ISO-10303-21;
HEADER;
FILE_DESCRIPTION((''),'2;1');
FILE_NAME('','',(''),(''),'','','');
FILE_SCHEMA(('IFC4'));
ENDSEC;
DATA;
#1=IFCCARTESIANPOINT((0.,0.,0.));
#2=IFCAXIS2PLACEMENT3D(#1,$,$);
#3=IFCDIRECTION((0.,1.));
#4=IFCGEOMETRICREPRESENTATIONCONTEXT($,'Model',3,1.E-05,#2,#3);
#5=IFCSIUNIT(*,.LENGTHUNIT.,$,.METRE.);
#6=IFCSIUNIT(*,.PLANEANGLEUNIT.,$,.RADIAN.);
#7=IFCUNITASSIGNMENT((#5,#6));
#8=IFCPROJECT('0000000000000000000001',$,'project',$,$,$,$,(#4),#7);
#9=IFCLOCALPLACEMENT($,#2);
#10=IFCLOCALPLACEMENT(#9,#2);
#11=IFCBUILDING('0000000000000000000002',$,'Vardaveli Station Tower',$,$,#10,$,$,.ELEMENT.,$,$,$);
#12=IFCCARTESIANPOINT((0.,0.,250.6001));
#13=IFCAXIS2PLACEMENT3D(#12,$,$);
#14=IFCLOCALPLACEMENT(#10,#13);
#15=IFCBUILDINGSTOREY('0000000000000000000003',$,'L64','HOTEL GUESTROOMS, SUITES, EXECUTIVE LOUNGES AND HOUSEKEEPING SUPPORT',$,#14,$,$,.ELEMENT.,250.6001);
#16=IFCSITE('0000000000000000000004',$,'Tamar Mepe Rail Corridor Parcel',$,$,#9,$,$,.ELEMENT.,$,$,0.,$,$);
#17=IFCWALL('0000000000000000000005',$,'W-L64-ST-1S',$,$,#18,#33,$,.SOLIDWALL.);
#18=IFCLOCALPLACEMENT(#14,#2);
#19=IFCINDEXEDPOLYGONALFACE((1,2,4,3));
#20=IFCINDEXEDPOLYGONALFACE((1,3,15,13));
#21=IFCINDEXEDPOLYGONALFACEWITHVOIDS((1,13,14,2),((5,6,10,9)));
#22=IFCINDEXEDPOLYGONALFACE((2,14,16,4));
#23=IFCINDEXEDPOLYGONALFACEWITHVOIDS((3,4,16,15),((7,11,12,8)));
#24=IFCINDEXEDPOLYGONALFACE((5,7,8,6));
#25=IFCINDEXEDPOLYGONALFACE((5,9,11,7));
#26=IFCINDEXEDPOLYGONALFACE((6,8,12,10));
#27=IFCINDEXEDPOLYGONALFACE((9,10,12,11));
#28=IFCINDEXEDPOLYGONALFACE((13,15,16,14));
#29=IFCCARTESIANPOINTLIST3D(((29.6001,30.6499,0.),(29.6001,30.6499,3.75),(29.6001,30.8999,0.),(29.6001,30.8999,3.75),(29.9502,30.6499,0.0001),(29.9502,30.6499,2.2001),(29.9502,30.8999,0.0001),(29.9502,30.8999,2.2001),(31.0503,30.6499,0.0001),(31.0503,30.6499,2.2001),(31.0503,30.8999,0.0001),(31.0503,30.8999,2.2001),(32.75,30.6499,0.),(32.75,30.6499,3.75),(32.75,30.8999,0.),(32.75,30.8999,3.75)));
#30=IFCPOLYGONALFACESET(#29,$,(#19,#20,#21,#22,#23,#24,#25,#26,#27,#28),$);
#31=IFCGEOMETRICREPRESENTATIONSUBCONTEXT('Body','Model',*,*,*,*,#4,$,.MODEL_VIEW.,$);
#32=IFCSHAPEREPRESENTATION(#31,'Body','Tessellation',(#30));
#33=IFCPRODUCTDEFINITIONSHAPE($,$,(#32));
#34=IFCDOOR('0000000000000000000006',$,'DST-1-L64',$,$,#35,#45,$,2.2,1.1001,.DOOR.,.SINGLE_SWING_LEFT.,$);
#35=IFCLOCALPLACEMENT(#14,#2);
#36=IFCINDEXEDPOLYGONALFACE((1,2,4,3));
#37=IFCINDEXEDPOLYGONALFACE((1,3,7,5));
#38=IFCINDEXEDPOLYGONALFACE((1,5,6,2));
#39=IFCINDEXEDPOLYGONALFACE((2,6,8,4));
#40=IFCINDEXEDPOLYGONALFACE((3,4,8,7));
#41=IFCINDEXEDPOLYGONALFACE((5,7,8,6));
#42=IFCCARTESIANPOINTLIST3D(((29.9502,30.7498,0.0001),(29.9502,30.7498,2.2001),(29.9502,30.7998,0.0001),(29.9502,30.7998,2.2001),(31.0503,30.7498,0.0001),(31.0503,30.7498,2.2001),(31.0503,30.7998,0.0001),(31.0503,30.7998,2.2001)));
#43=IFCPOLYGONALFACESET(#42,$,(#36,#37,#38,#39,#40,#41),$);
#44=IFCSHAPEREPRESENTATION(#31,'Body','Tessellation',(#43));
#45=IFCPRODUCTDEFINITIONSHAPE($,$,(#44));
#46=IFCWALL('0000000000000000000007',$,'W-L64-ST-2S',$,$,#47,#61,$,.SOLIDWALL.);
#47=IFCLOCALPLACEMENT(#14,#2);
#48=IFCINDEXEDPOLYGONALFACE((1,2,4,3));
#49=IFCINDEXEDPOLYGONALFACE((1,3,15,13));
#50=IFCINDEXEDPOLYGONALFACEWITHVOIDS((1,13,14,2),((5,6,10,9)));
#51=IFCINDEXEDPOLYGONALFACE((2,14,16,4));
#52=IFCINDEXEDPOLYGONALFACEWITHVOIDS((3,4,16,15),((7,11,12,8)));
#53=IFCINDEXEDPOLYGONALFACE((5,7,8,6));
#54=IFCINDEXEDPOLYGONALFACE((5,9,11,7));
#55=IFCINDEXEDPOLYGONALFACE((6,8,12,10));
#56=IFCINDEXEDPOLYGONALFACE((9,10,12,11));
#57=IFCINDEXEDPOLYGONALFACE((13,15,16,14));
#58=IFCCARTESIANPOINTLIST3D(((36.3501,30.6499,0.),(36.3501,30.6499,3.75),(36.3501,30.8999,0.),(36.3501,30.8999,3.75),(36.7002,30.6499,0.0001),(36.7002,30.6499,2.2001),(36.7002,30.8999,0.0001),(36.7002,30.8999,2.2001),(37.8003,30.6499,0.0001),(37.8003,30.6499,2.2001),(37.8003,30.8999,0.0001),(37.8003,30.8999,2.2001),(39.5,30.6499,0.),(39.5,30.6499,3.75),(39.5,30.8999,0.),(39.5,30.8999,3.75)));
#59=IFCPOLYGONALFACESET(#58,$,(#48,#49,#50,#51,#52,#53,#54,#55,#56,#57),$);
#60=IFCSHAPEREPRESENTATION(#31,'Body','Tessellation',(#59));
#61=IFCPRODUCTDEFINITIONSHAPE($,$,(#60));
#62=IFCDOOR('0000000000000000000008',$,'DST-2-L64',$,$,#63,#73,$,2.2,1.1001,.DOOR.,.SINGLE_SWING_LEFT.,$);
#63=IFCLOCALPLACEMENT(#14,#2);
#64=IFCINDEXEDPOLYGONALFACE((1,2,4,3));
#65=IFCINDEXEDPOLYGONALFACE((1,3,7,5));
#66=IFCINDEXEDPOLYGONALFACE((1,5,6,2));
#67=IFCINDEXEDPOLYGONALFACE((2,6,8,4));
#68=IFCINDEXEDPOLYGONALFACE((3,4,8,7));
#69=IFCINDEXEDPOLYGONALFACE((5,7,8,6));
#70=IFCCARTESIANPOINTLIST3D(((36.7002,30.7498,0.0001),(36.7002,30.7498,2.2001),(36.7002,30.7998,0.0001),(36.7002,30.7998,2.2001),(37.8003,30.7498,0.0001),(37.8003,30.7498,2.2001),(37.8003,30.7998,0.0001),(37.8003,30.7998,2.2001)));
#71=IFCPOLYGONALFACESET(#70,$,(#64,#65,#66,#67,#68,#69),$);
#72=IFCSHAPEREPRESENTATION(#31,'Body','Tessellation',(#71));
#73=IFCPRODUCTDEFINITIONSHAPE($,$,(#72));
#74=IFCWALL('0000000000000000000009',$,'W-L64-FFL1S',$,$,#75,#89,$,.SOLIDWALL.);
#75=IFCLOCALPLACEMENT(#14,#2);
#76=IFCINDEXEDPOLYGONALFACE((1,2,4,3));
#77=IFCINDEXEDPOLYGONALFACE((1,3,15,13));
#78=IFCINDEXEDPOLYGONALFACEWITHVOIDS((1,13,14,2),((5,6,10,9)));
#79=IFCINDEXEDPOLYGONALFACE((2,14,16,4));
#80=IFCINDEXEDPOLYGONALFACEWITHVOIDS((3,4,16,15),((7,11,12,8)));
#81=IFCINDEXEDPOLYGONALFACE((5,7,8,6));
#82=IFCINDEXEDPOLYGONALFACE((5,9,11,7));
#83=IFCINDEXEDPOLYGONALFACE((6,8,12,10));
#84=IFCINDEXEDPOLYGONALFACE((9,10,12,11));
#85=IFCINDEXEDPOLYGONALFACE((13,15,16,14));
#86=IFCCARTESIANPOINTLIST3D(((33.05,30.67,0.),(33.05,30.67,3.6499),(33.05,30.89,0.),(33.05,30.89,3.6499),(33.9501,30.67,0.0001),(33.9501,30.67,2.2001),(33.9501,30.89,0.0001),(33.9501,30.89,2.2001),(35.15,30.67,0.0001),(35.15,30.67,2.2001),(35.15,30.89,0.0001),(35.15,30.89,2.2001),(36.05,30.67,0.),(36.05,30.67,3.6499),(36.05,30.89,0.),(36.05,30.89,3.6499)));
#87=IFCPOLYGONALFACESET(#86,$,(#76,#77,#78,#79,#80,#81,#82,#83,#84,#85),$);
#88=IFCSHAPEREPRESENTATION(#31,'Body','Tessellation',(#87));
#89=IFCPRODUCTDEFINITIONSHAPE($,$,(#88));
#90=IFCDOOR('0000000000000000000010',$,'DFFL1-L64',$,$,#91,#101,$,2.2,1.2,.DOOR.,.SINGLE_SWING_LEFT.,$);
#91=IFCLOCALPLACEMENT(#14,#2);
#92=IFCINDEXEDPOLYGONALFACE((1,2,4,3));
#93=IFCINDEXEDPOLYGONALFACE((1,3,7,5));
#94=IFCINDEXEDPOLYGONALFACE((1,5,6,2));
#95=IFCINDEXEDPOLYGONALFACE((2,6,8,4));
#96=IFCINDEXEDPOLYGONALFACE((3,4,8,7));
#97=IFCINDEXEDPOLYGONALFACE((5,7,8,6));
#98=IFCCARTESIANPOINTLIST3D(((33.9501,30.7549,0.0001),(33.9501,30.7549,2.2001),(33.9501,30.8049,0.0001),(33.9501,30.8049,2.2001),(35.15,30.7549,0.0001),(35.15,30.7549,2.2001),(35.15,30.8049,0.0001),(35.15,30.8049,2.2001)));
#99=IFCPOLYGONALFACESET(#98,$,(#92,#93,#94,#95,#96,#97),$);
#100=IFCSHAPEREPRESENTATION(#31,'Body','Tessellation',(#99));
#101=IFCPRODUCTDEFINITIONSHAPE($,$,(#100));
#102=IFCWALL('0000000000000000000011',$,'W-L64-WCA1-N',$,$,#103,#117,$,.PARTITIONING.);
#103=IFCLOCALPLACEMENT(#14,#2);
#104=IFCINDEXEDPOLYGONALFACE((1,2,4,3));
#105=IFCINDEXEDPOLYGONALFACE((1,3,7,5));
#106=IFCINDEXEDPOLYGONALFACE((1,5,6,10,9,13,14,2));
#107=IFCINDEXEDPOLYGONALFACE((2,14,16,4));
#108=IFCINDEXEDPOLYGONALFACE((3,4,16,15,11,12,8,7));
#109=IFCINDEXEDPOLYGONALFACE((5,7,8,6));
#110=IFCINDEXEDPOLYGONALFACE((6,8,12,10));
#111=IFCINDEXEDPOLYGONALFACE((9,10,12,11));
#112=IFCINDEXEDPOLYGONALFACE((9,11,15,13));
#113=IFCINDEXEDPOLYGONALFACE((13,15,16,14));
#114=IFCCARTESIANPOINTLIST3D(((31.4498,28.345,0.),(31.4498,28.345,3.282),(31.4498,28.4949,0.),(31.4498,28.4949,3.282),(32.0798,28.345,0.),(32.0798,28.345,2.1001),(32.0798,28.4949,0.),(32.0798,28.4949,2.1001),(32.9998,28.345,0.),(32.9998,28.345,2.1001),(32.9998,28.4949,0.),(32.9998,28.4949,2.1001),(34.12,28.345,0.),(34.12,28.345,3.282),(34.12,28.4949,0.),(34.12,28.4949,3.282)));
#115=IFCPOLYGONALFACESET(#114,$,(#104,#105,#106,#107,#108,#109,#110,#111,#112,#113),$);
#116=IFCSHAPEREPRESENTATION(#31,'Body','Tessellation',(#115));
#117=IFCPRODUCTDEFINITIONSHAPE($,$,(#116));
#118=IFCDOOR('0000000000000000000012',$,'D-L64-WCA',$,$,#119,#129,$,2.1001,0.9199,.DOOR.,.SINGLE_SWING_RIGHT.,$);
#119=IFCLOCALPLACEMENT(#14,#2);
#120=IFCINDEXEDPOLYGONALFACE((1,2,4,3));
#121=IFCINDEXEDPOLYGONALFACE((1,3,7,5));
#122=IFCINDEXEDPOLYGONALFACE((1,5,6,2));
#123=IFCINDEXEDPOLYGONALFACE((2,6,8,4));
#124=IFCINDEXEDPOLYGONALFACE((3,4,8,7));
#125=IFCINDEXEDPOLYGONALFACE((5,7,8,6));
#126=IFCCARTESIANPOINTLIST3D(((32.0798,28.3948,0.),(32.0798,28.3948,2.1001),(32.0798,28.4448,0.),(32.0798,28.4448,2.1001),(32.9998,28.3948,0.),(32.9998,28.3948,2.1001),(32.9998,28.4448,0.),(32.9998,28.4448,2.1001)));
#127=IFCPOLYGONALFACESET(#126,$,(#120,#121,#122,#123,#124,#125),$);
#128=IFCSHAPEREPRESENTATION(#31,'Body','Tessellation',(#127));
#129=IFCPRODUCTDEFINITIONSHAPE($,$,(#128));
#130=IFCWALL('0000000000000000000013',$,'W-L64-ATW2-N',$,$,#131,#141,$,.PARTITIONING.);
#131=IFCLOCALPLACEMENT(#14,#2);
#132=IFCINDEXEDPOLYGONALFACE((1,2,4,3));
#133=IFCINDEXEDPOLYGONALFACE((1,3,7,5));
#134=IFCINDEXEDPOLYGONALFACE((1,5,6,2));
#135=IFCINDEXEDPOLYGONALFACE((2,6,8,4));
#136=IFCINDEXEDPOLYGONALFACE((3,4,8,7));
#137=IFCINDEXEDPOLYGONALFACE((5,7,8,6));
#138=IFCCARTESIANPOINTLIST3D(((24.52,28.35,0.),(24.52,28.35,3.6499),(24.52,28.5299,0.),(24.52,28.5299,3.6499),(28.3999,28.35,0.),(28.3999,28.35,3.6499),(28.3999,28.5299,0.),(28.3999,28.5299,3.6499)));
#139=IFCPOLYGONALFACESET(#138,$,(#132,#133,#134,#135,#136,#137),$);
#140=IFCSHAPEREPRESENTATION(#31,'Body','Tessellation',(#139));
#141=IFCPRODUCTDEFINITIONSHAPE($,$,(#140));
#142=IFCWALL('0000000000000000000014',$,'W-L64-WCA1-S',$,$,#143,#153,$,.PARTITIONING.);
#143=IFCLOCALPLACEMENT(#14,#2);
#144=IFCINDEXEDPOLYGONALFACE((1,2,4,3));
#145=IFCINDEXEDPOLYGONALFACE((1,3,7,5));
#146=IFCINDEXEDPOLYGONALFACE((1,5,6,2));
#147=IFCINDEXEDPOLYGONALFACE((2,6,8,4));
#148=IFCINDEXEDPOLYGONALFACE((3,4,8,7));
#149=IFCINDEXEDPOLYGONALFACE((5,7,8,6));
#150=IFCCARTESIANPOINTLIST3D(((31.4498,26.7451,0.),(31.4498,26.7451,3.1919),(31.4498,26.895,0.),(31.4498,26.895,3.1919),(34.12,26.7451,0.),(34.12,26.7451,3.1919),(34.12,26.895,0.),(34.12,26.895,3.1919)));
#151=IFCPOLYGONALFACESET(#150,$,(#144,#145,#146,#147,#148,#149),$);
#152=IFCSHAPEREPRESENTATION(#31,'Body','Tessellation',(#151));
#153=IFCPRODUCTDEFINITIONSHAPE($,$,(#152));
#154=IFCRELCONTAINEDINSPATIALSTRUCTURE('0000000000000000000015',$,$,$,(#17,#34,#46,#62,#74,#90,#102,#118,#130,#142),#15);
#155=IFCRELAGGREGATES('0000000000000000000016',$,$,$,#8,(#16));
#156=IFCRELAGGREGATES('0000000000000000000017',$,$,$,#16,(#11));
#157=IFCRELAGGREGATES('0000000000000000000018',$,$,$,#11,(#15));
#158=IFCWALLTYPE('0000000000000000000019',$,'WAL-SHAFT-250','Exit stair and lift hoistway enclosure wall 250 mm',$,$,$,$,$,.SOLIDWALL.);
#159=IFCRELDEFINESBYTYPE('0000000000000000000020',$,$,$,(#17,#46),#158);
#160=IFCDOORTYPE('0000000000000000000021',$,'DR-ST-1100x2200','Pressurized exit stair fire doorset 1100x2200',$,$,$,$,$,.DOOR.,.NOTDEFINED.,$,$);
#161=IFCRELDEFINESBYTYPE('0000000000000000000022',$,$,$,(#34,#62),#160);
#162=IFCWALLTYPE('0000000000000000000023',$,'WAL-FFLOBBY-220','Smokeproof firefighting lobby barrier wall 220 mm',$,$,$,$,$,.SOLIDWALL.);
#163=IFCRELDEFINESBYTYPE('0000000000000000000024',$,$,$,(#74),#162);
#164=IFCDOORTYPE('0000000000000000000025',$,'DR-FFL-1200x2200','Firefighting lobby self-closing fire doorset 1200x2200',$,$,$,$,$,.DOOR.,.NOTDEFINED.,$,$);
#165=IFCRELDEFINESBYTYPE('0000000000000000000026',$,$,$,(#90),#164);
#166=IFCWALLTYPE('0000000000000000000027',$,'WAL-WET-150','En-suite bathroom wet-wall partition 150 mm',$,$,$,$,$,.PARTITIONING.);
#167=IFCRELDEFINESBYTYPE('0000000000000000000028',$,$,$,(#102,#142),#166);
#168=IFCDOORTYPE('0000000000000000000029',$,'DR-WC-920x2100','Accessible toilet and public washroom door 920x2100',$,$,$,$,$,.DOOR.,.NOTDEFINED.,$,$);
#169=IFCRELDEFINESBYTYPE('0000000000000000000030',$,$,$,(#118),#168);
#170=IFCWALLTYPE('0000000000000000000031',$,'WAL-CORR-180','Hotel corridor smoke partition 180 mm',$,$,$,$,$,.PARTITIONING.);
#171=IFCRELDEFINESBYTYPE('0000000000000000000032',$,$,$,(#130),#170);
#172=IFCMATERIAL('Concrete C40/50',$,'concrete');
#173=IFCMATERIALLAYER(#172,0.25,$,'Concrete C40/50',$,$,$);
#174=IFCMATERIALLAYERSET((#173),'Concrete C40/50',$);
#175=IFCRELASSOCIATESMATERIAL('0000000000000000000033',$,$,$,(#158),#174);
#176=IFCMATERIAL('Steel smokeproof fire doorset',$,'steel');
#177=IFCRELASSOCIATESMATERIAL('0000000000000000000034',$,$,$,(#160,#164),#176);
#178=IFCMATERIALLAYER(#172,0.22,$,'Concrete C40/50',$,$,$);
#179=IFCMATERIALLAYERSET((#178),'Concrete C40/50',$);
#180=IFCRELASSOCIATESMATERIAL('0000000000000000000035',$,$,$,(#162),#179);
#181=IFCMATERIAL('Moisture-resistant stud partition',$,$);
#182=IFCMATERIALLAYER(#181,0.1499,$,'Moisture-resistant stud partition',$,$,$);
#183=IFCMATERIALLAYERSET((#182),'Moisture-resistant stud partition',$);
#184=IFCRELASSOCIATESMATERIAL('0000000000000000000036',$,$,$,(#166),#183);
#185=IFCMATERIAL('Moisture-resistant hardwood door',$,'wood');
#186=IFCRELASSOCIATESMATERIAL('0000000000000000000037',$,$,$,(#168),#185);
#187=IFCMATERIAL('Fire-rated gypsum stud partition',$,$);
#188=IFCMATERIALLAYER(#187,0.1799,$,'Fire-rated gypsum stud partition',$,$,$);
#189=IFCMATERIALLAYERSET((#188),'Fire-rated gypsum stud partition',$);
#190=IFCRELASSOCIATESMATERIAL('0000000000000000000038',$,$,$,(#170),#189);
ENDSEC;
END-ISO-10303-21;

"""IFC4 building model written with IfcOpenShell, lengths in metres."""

from ifc_helpers import new_model, si_unit, direction, frame, frame_2d, origin, place, context, subcontext, project, spatial, rectangle, extrude, source, transform, mapped, material, layer, layer_set, type_object, element, fill, save


model = new_model("IFC4")

# Units and contexts
model_context = context("Model", 3, precision=1e-05, world=origin(), true_north=direction((0.0, 1.0)))
body_context = subcontext(model_context, "Body", "Model", "MODEL_VIEW")
ifc_project = project(units=[si_unit("LENGTHUNIT", "METRE"), si_unit("PLANEANGLEUNIT", "RADIAN")], contexts=[model_context])

# Site, building, storey
site_placement = place(None, origin())
site = spatial("IfcSite", under=ifc_project, at=site_placement, Name="Tamar Mepe Rail Corridor Parcel", CompositionType="ELEMENT", RefElevation=0.0)
building_placement = place(site_placement, origin())
building = spatial("IfcBuilding", under=site, at=building_placement, Name="Vardaveli Station Tower", CompositionType="ELEMENT")
storey_placement = place(building_placement, frame((0.0, 0.0, 250.6001)))
storey = spatial("IfcBuildingStorey", under=building, at=storey_placement, Name="L64", Description="HOTEL GUESTROOMS, SUITES, EXECUTIVE LOUNGES AND HOUSEKEEPING SUPPORT", CompositionType="ELEMENT", Elevation=250.6001)

# Shared definitions
ifc_material_1 = material(Name="Concrete C40/50", Category="concrete")
ifc_layer_1 = layer(ifc_material_1, 0.25, Name="Concrete C40/50")
ifc_layer_set_1 = layer_set([ifc_layer_1], Name="Concrete C40/50")
wall_type_1 = type_object("IfcWallType", Name="WAL-SHAFT-250", Description="Exit stair and lift hoistway enclosure wall 250 mm", PredefinedType="SOLIDWALL", material=ifc_layer_set_1)

# Walls, openings, doors
shared_shape_1 = source(origin(), body_context, "Body", "SweptSolid", [
    extrude(rectangle(XDim=3.1499, YDim=0.25, at=frame_2d((1.575, 0.0))), origin(), (0.0, 0.0, 1.0), 3.75),
])
wall_1_placement = place(storey_placement, frame((29.6001, 30.7749, 0.0), z_axis=(0.0, 0.0, 1.0), x_axis=(1.0, 0.0, 0.0)))
wall_1 = element("IfcWall", 1, at=wall_1_placement, inside=storey, type_object=wall_type_1, Name="W-L64-ST-1S", PredefinedType="SOLIDWALL", context=body_context, shape_type="MappedRepresentation", body=[
    mapped(shared_shape_1, transform((0.0, 0.0, 0.0), scale=1.0)),
])
shared_shape_2 = source(origin(), body_context, "Body", "SweptSolid", [
    extrude(rectangle(XDim=1.1001, YDim=2.2, at=frame_2d((0.55, 1.1001))), frame((0.0, 0.135, 0.0), z_axis=(0.0, -1.0, 0.0), x_axis=(1.0, 0.0, 0.0)), (0.0, 0.0, 1.0), 0.27),
])
opening_1_placement = place(wall_1_placement, frame((0.3501, 0.0, 0.0)))
opening_1 = element("IfcOpeningElement", 2, at=opening_1_placement, cuts=wall_1, PredefinedType="OPENING", context=body_context, shape_type="MappedRepresentation", body=[
    mapped(shared_shape_2, transform((0.0, 0.0, 0.0), scale=1.0)),
])
ifc_material_2 = material(Name="Steel smokeproof fire doorset", Category="steel")
door_type_1 = type_object("IfcDoorType", Name="DR-ST-1100x2200", Description="Pressurized exit stair fire doorset 1100x2200", OperationType="NOTDEFINED", PredefinedType="DOOR", material=ifc_material_2)
shared_shape_3 = source(origin(), body_context, "Body", "SweptSolid", [
    extrude(rectangle(XDim=1.1001, YDim=2.2, at=frame_2d((0.55, 1.1001))), frame((0.0, 0.0249, 0.0), z_axis=(0.0, -1.0, 0.0), x_axis=(1.0, 0.0, 0.0)), (0.0, 0.0, 1.0), 0.05),
])
door_1_placement = place(opening_1_placement, origin())
door_1 = element("IfcDoor", 3, at=door_1_placement, inside=storey, type_object=door_type_1, Name="DST-1-L64", OperationType="SINGLE_SWING_LEFT", OverallHeight=2.2, OverallWidth=1.1001, PredefinedType="DOOR", context=body_context, shape_type="MappedRepresentation", body=[
    mapped(shared_shape_3, transform((0.0, 0.0, 0.0), scale=1.0)),
])
fill(opening_1, door_1)
wall_2_placement = place(storey_placement, frame((36.3501, 30.7749, 0.0), z_axis=(0.0, 0.0, 1.0), x_axis=(1.0, 0.0, 0.0)))
wall_2 = element("IfcWall", 4, at=wall_2_placement, inside=storey, type_object=wall_type_1, Name="W-L64-ST-2S", PredefinedType="SOLIDWALL", context=body_context, shape_type="MappedRepresentation", body=[
    mapped(shared_shape_1, transform((0.0, 0.0, 0.0), scale=1.0)),
])
opening_2_placement = place(wall_2_placement, frame((0.3501, 0.0, 0.0)))
opening_2 = element("IfcOpeningElement", 5, at=opening_2_placement, cuts=wall_2, PredefinedType="OPENING", context=body_context, shape_type="MappedRepresentation", body=[
    mapped(shared_shape_2, transform((0.0, 0.0, 0.0), scale=1.0)),
])
door_2_placement = place(opening_2_placement, origin())
door_2 = element("IfcDoor", 6, at=door_2_placement, inside=storey, type_object=door_type_1, Name="DST-2-L64", OperationType="SINGLE_SWING_LEFT", OverallHeight=2.2, OverallWidth=1.1001, PredefinedType="DOOR", context=body_context, shape_type="MappedRepresentation", body=[
    mapped(shared_shape_3, transform((0.0, 0.0, 0.0), scale=1.0)),
])
fill(opening_2, door_2)
ifc_layer_2 = layer(ifc_material_1, 0.22, Name="Concrete C40/50")
ifc_layer_set_2 = layer_set([ifc_layer_2], Name="Concrete C40/50")
wall_type_2 = type_object("IfcWallType", Name="WAL-FFLOBBY-220", Description="Smokeproof firefighting lobby barrier wall 220 mm", PredefinedType="SOLIDWALL", material=ifc_layer_set_2)
shared_shape_4 = source(origin(), body_context, "Body", "SweptSolid", [
    extrude(rectangle(XDim=3.0, YDim=0.22, at=frame_2d((1.5, 0.0))), origin(), (0.0, 0.0, 1.0), 3.6499),
])
wall_3_placement = place(storey_placement, frame((33.05, 30.78, 0.0), z_axis=(0.0, 0.0, 1.0), x_axis=(1.0, 0.0, 0.0)))
wall_3 = element("IfcWall", 7, at=wall_3_placement, inside=storey, type_object=wall_type_2, Name="W-L64-FFL1S", PredefinedType="SOLIDWALL", context=body_context, shape_type="MappedRepresentation", body=[
    mapped(shared_shape_4, transform((0.0, 0.0, 0.0), scale=1.0)),
])
shared_shape_5 = source(origin(), body_context, "Body", "SweptSolid", [
    extrude(rectangle(XDim=1.2, YDim=2.2, at=frame_2d((0.6001, 1.1001))), frame((0.0, 0.1201, 0.0), z_axis=(0.0, -1.0, 0.0), x_axis=(1.0, 0.0, 0.0)), (0.0, 0.0, 1.0), 0.24),
])
opening_3_placement = place(wall_3_placement, frame((0.8999, 0.0, 0.0)))
opening_3 = element("IfcOpeningElement", 8, at=opening_3_placement, cuts=wall_3, PredefinedType="OPENING", context=body_context, shape_type="MappedRepresentation", body=[
    mapped(shared_shape_5, transform((0.0, 0.0, 0.0), scale=1.0)),
])
door_type_2 = type_object("IfcDoorType", Name="DR-FFL-1200x2200", Description="Firefighting lobby self-closing fire doorset 1200x2200", OperationType="NOTDEFINED", PredefinedType="DOOR", material=ifc_material_2)
shared_shape_6 = source(origin(), body_context, "Body", "SweptSolid", [
    extrude(rectangle(XDim=1.2, YDim=2.2, at=frame_2d((0.6001, 1.1001))), frame((0.0, 0.0249, 0.0), z_axis=(0.0, -1.0, 0.0), x_axis=(1.0, 0.0, 0.0)), (0.0, 0.0, 1.0), 0.05),
])
door_3_placement = place(opening_3_placement, origin())
door_3 = element("IfcDoor", 9, at=door_3_placement, inside=storey, type_object=door_type_2, Name="DFFL1-L64", OperationType="SINGLE_SWING_LEFT", OverallHeight=2.2, OverallWidth=1.2, PredefinedType="DOOR", context=body_context, shape_type="MappedRepresentation", body=[
    mapped(shared_shape_6, transform((0.0, 0.0, 0.0), scale=1.0)),
])
fill(opening_3, door_3)
ifc_material_3 = material(Name="Moisture-resistant stud partition")
ifc_layer_3 = layer(ifc_material_3, 0.1499, Name="Moisture-resistant stud partition")
ifc_layer_set_3 = layer_set([ifc_layer_3], Name="Moisture-resistant stud partition")
wall_type_3 = type_object("IfcWallType", Name="WAL-WET-150", Description="En-suite bathroom wet-wall partition 150 mm", PredefinedType="PARTITIONING", material=ifc_layer_set_3)
shared_shape_7 = source(origin(), body_context, "Body", "SweptSolid", [
    extrude(rectangle(XDim=2.6702, YDim=0.1499, at=frame_2d((1.335, 0.0))), origin(), (0.0, 0.0, 1.0), 3.282),
])
wall_4_placement = place(storey_placement, frame((31.45, 28.4199, 0.0), z_axis=(0.0, 0.0, 1.0), x_axis=(1.0, 0.0, 0.0)))
wall_4 = element("IfcWall", 10, at=wall_4_placement, inside=storey, type_object=wall_type_3, Name="W-L64-WCA1-N", PredefinedType="PARTITIONING", context=body_context, shape_type="MappedRepresentation", body=[
    mapped(shared_shape_7, transform((0.0, 0.0, 0.0), scale=1.0)),
])
shared_shape_8 = source(origin(), body_context, "Body", "SweptSolid", [
    extrude(rectangle(XDim=0.9199, YDim=2.1001, at=frame_2d((0.46, 1.05))), frame((0.0, 0.085, 0.0), z_axis=(0.0, -1.0, 0.0), x_axis=(1.0, 0.0, 0.0)), (0.0, 0.0, 1.0), 0.1699),
])
opening_4_placement = place(wall_4_placement, frame((0.6299, 0.0, 0.0)))
opening_4 = element("IfcOpeningElement", 11, at=opening_4_placement, cuts=wall_4, PredefinedType="OPENING", context=body_context, shape_type="MappedRepresentation", body=[
    mapped(shared_shape_8, transform((0.0, 0.0, 0.0), scale=1.0)),
])
ifc_material_4 = material(Name="Moisture-resistant hardwood door", Category="wood")
door_type_3 = type_object("IfcDoorType", Name="DR-WC-920x2100", Description="Accessible toilet and public washroom door 920x2100", OperationType="NOTDEFINED", PredefinedType="DOOR", material=ifc_material_4)
shared_shape_9 = source(origin(), body_context, "Body", "SweptSolid", [
    extrude(rectangle(XDim=0.9199, YDim=2.1001, at=frame_2d((0.46, 1.05))), frame((0.0, 0.0249, 0.0), z_axis=(0.0, -1.0, 0.0), x_axis=(1.0, 0.0, 0.0)), (0.0, 0.0, 1.0), 0.05),
])
door_4_placement = place(opening_4_placement, origin())
door_4 = element("IfcDoor", 12, at=door_4_placement, inside=storey, type_object=door_type_3, Name="D-L64-WCA", OperationType="SINGLE_SWING_RIGHT", OverallHeight=2.1001, OverallWidth=0.9199, PredefinedType="DOOR", context=body_context, shape_type="MappedRepresentation", body=[
    mapped(shared_shape_9, transform((0.0, 0.0, 0.0), scale=1.0)),
])
fill(opening_4, door_4)

# Walls
ifc_material_5 = material(Name="Fire-rated gypsum stud partition")
ifc_layer_4 = layer(ifc_material_5, 0.1799, Name="Fire-rated gypsum stud partition")
ifc_layer_set_4 = layer_set([ifc_layer_4], Name="Fire-rated gypsum stud partition")
wall_type_4 = type_object("IfcWallType", Name="WAL-CORR-180", Description="Hotel corridor smoke partition 180 mm", PredefinedType="PARTITIONING", material=ifc_layer_set_4)
shared_shape_10 = source(origin(), body_context, "Body", "SweptSolid", [
    extrude(rectangle(XDim=3.8799, YDim=0.1799, at=frame_2d((1.9399, 0.0))), origin(), (0.0, 0.0, 1.0), 3.6499),
])
wall_5_placement = place(storey_placement, frame((24.52, 28.4399, 0.0), z_axis=(0.0, 0.0, 1.0), x_axis=(1.0, 0.0, 0.0)))
element("IfcWall", 13, at=wall_5_placement, inside=storey, type_object=wall_type_4, Name="W-L64-ATW2-N", PredefinedType="PARTITIONING", context=body_context, shape_type="MappedRepresentation", body=[
    mapped(shared_shape_10, transform((0.0, 0.0, 0.0), scale=1.0)),
])
shared_shape_11 = source(origin(), body_context, "Body", "SweptSolid", [
    extrude(rectangle(XDim=2.6702, YDim=0.1499, at=frame_2d((1.335, 0.0))), origin(), (0.0, 0.0, 1.0), 3.1919),
])
wall_6_placement = place(storey_placement, frame((31.45, 26.8201, 0.0), z_axis=(0.0, 0.0, 1.0), x_axis=(1.0, 0.0, 0.0)))
element("IfcWall", 14, at=wall_6_placement, inside=storey, type_object=wall_type_3, Name="W-L64-WCA1-S", PredefinedType="PARTITIONING", context=body_context, shape_type="MappedRepresentation", body=[
    mapped(shared_shape_11, transform((0.0, 0.0, 0.0), scale=1.0)),
])

save(model, "model.ifc")
